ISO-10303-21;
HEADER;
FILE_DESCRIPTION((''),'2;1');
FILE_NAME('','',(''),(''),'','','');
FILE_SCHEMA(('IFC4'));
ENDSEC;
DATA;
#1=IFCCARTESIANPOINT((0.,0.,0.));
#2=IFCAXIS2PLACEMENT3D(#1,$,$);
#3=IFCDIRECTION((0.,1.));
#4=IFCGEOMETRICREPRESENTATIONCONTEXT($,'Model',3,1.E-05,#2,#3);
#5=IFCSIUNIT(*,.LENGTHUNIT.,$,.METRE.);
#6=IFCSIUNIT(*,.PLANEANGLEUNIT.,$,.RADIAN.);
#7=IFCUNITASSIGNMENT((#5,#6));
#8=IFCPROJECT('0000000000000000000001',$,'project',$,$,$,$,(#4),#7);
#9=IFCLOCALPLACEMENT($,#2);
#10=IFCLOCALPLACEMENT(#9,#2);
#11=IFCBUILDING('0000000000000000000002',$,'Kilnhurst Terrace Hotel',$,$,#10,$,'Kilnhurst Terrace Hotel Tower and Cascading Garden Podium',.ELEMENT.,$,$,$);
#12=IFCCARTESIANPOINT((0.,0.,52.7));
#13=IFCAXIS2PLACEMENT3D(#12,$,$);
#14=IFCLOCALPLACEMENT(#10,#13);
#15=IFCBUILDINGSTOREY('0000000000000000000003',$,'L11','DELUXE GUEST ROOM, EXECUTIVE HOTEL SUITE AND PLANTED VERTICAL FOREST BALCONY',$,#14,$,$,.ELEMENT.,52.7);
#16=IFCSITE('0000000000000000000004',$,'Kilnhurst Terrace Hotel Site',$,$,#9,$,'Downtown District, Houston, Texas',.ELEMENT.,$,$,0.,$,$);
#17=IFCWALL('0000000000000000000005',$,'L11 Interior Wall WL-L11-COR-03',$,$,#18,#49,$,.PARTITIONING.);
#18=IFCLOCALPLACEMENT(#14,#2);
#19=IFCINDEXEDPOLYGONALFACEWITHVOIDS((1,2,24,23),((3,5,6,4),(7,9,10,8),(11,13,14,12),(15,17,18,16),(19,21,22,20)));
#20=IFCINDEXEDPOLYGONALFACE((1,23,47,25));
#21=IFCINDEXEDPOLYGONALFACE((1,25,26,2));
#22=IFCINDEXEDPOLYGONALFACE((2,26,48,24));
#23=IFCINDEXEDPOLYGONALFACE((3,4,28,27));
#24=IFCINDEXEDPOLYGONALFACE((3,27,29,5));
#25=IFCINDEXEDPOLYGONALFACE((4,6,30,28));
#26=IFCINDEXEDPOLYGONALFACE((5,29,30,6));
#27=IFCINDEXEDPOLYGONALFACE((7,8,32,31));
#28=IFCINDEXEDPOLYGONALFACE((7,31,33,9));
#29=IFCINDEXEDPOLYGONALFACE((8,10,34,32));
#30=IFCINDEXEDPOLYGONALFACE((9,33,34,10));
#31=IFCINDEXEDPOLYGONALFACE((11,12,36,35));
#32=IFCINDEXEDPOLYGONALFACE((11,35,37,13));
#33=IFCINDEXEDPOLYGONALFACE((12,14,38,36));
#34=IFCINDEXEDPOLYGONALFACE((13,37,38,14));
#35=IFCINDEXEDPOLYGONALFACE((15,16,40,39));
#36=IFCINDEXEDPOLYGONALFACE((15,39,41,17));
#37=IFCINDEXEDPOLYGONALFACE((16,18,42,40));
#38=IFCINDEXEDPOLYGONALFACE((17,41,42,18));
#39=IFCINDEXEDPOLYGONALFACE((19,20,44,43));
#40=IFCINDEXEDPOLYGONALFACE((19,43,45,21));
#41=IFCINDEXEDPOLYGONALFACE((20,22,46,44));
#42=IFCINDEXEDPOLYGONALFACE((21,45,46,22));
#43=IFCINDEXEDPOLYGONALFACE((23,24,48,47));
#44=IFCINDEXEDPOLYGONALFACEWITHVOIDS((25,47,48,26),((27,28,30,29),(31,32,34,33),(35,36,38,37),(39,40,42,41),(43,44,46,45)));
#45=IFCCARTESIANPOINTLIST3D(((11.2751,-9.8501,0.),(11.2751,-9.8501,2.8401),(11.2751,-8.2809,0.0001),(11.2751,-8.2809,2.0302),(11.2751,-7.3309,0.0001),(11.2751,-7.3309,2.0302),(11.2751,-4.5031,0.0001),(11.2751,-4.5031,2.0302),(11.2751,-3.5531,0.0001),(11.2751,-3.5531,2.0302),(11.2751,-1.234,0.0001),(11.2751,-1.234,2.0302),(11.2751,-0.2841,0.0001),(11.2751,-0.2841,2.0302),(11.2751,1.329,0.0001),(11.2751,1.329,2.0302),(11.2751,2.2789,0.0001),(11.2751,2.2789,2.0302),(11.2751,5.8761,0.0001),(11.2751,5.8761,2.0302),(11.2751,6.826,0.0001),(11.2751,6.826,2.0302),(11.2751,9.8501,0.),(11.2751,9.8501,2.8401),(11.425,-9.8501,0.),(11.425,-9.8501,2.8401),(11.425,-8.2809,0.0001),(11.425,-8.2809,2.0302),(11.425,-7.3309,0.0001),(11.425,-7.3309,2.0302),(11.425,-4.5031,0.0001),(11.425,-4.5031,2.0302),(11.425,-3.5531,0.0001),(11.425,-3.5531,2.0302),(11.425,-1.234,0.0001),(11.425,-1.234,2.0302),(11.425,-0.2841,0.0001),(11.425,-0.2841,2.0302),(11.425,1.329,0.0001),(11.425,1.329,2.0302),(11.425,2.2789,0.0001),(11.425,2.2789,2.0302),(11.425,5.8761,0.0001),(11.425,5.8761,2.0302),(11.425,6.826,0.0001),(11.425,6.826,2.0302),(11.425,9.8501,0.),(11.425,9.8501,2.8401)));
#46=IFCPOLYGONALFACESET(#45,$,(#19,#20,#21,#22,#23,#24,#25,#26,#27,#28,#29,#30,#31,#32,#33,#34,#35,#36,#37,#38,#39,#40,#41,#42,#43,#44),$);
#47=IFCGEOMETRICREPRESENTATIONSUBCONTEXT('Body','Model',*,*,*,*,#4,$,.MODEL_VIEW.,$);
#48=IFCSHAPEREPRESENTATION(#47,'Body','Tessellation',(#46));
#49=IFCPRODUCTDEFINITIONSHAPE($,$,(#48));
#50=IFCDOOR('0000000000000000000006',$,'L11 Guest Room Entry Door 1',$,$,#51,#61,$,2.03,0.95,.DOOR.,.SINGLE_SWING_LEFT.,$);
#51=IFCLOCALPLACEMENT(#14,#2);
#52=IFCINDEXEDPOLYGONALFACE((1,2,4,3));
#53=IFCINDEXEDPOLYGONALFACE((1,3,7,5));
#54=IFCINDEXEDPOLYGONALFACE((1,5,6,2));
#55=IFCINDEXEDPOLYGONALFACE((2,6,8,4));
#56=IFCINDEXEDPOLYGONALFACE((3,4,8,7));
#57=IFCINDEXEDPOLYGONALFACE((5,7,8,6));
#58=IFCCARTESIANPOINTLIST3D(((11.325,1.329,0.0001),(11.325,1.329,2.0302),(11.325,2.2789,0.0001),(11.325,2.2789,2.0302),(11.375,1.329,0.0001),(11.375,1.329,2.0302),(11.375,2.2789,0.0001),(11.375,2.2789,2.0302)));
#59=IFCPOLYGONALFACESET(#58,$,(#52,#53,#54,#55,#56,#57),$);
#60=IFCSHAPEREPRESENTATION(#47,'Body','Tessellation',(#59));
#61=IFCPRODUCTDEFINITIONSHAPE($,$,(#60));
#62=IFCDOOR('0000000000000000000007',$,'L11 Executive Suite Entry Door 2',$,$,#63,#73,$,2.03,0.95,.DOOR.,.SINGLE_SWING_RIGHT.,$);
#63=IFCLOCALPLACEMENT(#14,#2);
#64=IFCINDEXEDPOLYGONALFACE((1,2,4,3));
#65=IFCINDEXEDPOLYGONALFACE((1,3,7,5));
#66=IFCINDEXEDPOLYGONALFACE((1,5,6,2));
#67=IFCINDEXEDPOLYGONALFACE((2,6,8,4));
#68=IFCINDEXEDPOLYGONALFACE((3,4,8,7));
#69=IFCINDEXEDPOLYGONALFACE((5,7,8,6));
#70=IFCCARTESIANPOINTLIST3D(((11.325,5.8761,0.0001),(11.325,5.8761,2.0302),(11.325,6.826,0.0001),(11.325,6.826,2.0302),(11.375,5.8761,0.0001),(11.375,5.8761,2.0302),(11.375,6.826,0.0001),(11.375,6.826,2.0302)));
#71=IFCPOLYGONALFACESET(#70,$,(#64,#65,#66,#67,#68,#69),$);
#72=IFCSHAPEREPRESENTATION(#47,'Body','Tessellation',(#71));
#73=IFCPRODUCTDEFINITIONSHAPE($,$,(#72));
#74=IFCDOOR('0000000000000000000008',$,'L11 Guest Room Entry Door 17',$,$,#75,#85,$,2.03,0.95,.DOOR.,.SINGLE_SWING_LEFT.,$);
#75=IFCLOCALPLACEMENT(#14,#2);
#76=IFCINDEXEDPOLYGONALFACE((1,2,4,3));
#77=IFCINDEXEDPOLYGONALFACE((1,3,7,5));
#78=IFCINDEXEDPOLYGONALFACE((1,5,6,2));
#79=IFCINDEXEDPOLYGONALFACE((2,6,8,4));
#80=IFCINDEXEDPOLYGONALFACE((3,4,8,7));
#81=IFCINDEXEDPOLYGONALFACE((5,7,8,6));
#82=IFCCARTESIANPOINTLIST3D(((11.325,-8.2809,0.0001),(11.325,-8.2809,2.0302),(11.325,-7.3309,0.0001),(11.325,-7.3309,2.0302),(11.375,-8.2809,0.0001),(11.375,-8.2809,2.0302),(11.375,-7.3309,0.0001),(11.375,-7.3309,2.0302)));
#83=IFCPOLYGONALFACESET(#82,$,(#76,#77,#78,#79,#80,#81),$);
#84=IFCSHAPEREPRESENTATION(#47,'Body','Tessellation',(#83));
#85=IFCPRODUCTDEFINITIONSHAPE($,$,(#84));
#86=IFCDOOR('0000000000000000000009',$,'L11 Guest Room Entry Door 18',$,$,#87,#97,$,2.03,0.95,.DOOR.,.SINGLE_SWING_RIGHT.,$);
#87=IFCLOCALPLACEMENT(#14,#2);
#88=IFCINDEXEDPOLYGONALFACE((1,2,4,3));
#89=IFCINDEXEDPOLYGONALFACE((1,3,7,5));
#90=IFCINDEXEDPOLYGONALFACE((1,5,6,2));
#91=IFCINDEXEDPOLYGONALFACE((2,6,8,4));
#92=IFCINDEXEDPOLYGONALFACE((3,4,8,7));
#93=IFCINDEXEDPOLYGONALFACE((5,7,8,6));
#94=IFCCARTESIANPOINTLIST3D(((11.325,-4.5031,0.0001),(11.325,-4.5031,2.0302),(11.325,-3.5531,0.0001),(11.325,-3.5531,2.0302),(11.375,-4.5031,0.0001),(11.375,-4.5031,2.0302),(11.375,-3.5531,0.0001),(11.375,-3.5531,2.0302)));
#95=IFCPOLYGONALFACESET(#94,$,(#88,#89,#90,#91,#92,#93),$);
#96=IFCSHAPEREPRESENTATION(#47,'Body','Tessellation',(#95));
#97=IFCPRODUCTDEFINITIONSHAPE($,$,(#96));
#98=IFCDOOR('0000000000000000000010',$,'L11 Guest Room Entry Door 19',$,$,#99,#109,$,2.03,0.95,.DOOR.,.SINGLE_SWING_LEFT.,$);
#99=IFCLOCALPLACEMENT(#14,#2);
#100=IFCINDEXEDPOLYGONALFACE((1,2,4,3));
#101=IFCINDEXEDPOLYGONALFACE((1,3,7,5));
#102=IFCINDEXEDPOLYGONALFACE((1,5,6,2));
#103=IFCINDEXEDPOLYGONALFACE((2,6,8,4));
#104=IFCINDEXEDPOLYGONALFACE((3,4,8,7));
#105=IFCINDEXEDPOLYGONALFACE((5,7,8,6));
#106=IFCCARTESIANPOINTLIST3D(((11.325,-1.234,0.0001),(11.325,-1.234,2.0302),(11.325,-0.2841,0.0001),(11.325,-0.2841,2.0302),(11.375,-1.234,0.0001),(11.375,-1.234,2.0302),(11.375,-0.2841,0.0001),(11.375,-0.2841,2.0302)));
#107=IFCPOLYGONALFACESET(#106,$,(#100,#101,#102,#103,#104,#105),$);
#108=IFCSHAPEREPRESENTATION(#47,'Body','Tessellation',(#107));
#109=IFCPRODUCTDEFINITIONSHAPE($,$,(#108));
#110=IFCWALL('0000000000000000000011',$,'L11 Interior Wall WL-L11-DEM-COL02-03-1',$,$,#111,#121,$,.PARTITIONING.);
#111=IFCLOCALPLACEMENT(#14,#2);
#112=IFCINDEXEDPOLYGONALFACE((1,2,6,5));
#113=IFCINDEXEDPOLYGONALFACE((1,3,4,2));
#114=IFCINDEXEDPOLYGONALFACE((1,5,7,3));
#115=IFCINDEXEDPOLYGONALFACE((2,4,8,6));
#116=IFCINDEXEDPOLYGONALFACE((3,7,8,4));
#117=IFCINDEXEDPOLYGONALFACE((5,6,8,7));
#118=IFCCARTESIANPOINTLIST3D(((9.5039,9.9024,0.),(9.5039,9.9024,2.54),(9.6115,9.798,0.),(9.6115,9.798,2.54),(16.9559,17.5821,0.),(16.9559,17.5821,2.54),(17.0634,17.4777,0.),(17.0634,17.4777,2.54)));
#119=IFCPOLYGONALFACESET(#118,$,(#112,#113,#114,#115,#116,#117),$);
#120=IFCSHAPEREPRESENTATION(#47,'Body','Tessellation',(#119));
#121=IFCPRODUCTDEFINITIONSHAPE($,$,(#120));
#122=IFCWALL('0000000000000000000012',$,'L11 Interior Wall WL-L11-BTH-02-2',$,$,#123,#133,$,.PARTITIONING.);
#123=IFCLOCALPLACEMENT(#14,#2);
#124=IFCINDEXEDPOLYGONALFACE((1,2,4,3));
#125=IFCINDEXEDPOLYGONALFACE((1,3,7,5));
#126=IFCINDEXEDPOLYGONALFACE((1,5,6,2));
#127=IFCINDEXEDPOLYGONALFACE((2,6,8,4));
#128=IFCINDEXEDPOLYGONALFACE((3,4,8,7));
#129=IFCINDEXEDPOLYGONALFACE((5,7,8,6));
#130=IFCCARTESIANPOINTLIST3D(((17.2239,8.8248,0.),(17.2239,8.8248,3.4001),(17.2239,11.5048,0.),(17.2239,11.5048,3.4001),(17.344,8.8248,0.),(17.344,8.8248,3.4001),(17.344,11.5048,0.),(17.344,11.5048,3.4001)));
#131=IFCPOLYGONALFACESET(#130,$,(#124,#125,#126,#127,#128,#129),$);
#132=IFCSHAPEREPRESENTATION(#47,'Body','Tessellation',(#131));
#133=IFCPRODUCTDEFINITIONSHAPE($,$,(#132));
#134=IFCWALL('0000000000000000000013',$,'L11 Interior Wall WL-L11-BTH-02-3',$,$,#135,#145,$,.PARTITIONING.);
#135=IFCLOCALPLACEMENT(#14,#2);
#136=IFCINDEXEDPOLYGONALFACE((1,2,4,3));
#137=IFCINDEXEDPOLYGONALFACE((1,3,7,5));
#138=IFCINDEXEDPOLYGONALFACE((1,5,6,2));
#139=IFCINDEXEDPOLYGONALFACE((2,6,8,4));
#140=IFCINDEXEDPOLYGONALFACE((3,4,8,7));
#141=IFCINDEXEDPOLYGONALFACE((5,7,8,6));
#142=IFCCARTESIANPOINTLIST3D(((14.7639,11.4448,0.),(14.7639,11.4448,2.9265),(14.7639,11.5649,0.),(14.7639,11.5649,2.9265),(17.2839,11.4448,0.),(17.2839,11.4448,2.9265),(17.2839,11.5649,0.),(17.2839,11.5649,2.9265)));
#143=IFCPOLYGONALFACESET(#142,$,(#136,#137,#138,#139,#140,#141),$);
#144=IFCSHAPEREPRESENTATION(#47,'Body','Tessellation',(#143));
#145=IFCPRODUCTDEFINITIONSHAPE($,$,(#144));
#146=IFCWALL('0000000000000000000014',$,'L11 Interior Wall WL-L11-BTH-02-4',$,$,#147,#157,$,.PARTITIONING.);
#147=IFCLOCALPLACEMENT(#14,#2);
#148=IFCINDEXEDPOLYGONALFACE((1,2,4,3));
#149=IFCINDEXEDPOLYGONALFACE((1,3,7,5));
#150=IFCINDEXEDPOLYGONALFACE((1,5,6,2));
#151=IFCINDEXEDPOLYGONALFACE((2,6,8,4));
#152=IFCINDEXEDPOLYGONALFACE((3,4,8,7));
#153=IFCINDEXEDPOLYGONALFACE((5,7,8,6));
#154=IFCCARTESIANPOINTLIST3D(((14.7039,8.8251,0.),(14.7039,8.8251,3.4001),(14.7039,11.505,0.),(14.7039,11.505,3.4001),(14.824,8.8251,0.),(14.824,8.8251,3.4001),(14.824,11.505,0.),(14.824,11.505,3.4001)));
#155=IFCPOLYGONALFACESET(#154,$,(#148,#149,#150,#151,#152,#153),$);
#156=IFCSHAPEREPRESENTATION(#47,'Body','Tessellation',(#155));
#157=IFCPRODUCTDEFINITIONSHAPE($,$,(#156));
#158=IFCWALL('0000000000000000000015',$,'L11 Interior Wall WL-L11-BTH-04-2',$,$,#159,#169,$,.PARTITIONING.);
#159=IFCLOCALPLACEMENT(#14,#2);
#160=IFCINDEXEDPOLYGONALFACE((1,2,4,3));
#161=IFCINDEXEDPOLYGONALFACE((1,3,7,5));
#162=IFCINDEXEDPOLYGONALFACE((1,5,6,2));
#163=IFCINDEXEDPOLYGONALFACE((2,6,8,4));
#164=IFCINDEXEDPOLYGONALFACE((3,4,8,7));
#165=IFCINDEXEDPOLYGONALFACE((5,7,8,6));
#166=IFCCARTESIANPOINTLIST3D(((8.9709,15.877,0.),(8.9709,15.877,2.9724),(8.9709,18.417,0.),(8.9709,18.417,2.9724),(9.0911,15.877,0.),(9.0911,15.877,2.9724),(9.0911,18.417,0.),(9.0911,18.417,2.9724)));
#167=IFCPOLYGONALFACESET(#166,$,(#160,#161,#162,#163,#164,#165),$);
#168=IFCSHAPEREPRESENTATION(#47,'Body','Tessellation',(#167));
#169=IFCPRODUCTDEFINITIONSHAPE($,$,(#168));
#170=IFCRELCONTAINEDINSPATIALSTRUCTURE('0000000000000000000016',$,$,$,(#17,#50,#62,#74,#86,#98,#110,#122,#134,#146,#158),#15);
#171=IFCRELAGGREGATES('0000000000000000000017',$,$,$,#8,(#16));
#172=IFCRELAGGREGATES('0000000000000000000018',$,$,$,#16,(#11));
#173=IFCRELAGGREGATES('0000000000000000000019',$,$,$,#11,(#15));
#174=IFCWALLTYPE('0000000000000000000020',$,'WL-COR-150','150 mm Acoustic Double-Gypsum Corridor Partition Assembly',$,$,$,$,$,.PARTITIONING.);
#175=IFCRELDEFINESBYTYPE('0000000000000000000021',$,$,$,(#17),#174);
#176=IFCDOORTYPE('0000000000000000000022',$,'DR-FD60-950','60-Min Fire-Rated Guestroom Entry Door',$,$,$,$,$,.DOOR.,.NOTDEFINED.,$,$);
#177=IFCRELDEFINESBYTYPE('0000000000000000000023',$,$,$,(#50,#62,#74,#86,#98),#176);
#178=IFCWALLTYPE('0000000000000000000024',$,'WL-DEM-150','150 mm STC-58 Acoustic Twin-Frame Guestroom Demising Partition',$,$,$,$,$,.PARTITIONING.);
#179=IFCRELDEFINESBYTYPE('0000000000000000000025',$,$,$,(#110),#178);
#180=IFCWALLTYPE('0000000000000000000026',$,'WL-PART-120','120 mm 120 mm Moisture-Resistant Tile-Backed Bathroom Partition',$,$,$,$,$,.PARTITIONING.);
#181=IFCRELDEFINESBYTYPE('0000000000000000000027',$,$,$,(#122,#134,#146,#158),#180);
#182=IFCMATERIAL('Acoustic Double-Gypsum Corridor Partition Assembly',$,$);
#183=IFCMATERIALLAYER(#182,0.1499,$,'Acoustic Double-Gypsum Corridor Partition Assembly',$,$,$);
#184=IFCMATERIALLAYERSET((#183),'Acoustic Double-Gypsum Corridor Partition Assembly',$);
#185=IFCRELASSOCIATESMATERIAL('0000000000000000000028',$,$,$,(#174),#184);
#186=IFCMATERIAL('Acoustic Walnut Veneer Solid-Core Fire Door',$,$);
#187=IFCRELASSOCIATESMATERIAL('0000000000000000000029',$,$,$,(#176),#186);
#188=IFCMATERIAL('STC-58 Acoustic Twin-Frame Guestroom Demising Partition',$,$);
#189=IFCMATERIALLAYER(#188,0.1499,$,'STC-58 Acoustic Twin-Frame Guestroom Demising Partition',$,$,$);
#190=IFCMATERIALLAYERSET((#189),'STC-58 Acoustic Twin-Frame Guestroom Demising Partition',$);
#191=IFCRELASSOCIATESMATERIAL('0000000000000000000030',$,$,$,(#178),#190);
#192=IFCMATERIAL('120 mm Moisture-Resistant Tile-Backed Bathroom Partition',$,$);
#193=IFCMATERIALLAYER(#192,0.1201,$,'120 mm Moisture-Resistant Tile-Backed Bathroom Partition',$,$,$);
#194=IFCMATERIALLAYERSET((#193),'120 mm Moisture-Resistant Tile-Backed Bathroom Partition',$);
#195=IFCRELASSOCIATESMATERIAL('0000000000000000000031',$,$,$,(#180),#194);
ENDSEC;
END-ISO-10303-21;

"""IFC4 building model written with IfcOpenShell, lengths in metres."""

from ifc_helpers import new_model, si_unit, direction, frame, frame_2d, origin, place, context, subcontext, project, spatial, rectangle, extrude, material, layer, layer_set, type_object, element, fill, save


model = new_model("IFC4")

# Units and contexts
model_context = context("Model", 3, precision=1e-05, world=origin(), true_north=direction((0.0, 1.0)))
body_context = subcontext(model_context, "Body", "Model", "MODEL_VIEW")
ifc_project = project(units=[si_unit("LENGTHUNIT", "METRE"), si_unit("PLANEANGLEUNIT", "RADIAN")], contexts=[model_context])

# Site, building, storey
site_placement = place(None, origin())
site = spatial("IfcSite", under=ifc_project, at=site_placement, Name="Kilnhurst Terrace Hotel Site", LongName="Downtown District, Houston, Texas", CompositionType="ELEMENT", RefElevation=0.0)
building_placement = place(site_placement, origin())
building = spatial("IfcBuilding", under=site, at=building_placement, Name="Kilnhurst Terrace Hotel", LongName="Kilnhurst Terrace Hotel Tower and Cascading Garden Podium", CompositionType="ELEMENT")
storey_placement = place(building_placement, frame((0.0, 0.0, 52.7)))
storey = spatial("IfcBuildingStorey", under=building, at=storey_placement, Name="L11", Description="DELUXE GUEST ROOM, EXECUTIVE HOTEL SUITE AND PLANTED VERTICAL FOREST BALCONY", CompositionType="ELEMENT", Elevation=52.7)

# Wall, openings, doors
ifc_material_1 = material(Name="Acoustic Double-Gypsum Corridor Partition Assembly")
ifc_layer_1 = layer(ifc_material_1, 0.1499, Name="Acoustic Double-Gypsum Corridor Partition Assembly")
ifc_layer_set_1 = layer_set([ifc_layer_1], Name="Acoustic Double-Gypsum Corridor Partition Assembly")
wall_type_1 = type_object("IfcWallType", Name="WL-COR-150", Description="150 mm Acoustic Double-Gypsum Corridor Partition Assembly", PredefinedType="PARTITIONING", material=ifc_layer_set_1)
wall_1_placement = place(storey_placement, frame((11.3501, 9.8501, 0.0), z_axis=(0.0, 0.0, 1.0), x_axis=(0.0, -1.0, 0.0)))
wall_1 = element("IfcWall", 1, at=wall_1_placement, inside=storey, type_object=wall_type_1, Name="L11 Interior Wall WL-L11-COR-03", PredefinedType="PARTITIONING", context=body_context, shape_type="SweptSolid", body=[
    extrude(rectangle(XDim=19.7002, YDim=0.1499, at=frame_2d((9.8501, 0.0))), origin(), (0.0, 0.0, 1.0), 2.8401),
])
opening_1_placement = place(wall_1_placement, frame((7.571, 0.0, 0.0)))
opening_1 = element("IfcOpeningElement", 2, at=opening_1_placement, cuts=wall_1, PredefinedType="OPENING", context=body_context, shape_type="SweptSolid", body=[
    extrude(rectangle(XDim=0.95, YDim=2.03, at=frame_2d((0.4751, 1.0151))), frame((0.0, 0.085, 0.0), z_axis=(0.0, -1.0, 0.0), x_axis=(1.0, 0.0, 0.0)), (0.0, 0.0, 1.0), 0.1699),
])
opening_2_placement = place(wall_1_placement, frame((3.0239, 0.0, 0.0)))
opening_2 = element("IfcOpeningElement", 3, at=opening_2_placement, cuts=wall_1, PredefinedType="OPENING", context=body_context, shape_type="SweptSolid", body=[
    extrude(rectangle(XDim=0.95, YDim=2.03, at=frame_2d((0.4751, 1.0151))), frame((0.0, 0.085, 0.0), z_axis=(0.0, -1.0, 0.0), x_axis=(1.0, 0.0, 0.0)), (0.0, 0.0, 1.0), 0.1699),
])
opening_3_placement = place(wall_1_placement, frame((17.1809, 0.0, 0.0)))
opening_3 = element("IfcOpeningElement", 4, at=opening_3_placement, cuts=wall_1, PredefinedType="OPENING", context=body_context, shape_type="SweptSolid", body=[
    extrude(rectangle(XDim=0.95, YDim=2.03, at=frame_2d((0.4751, 1.0151))), frame((0.0, 0.085, 0.0), z_axis=(0.0, -1.0, 0.0), x_axis=(1.0, 0.0, 0.0)), (0.0, 0.0, 1.0), 0.1699),
])
opening_4_placement = place(wall_1_placement, frame((13.4031, 0.0, 0.0)))
opening_4 = element("IfcOpeningElement", 5, at=opening_4_placement, cuts=wall_1, PredefinedType="OPENING", context=body_context, shape_type="SweptSolid", body=[
    extrude(rectangle(XDim=0.95, YDim=2.03, at=frame_2d((0.4751, 1.0151))), frame((0.0, 0.085, 0.0), z_axis=(0.0, -1.0, 0.0), x_axis=(1.0, 0.0, 0.0)), (0.0, 0.0, 1.0), 0.1699),
])
opening_5_placement = place(wall_1_placement, frame((10.134, 0.0, 0.0)))
opening_5 = element("IfcOpeningElement", 6, at=opening_5_placement, cuts=wall_1, PredefinedType="OPENING", context=body_context, shape_type="SweptSolid", body=[
    extrude(rectangle(XDim=0.95, YDim=2.03, at=frame_2d((0.4751, 1.0151))), frame((0.0, 0.085, 0.0), z_axis=(0.0, -1.0, 0.0), x_axis=(1.0, 0.0, 0.0)), (0.0, 0.0, 1.0), 0.1699),
])
ifc_material_2 = material(Name="Acoustic Walnut Veneer Solid-Core Fire Door")
door_type = type_object("IfcDoorType", Name="DR-FD60-950", Description="60-Min Fire-Rated Guestroom Entry Door", OperationType="NOTDEFINED", PredefinedType="DOOR", material=ifc_material_2)
door_1_placement = place(opening_1_placement, origin())
door_1 = element("IfcDoor", 7, at=door_1_placement, inside=storey, type_object=door_type, Name="L11 Guest Room Entry Door 1", OperationType="SINGLE_SWING_LEFT", OverallHeight=2.03, OverallWidth=0.95, PredefinedType="DOOR", context=body_context, shape_type="SweptSolid", body=[
    extrude(rectangle(XDim=0.95, YDim=2.03, at=frame_2d((0.4751, 1.0151))), frame((0.0, 0.0249, 0.0), z_axis=(0.0, -1.0, 0.0), x_axis=(1.0, 0.0, 0.0)), (0.0, 0.0, 1.0), 0.05),
])
fill(opening_1, door_1)
door_2_placement = place(opening_2_placement, origin())
door_2 = element("IfcDoor", 8, at=door_2_placement, inside=storey, type_object=door_type, Name="L11 Executive Suite Entry Door 2", OperationType="SINGLE_SWING_RIGHT", OverallHeight=2.03, OverallWidth=0.95, PredefinedType="DOOR", context=body_context, shape_type="SweptSolid", body=[
    extrude(rectangle(XDim=0.95, YDim=2.03, at=frame_2d((0.4751, 1.0151))), frame((0.0, 0.0249, 0.0), z_axis=(0.0, -1.0, 0.0), x_axis=(1.0, 0.0, 0.0)), (0.0, 0.0, 1.0), 0.05),
])
fill(opening_2, door_2)
door_3_placement = place(opening_3_placement, origin())
door_3 = element("IfcDoor", 9, at=door_3_placement, inside=storey, type_object=door_type, Name="L11 Guest Room Entry Door 17", OperationType="SINGLE_SWING_LEFT", OverallHeight=2.03, OverallWidth=0.95, PredefinedType="DOOR", context=body_context, shape_type="SweptSolid", body=[
    extrude(rectangle(XDim=0.95, YDim=2.03, at=frame_2d((0.4751, 1.0151))), frame((0.0, 0.0249, 0.0), z_axis=(0.0, -1.0, 0.0), x_axis=(1.0, 0.0, 0.0)), (0.0, 0.0, 1.0), 0.05),
])
fill(opening_3, door_3)
door_4_placement = place(opening_4_placement, origin())
door_4 = element("IfcDoor", 10, at=door_4_placement, inside=storey, type_object=door_type, Name="L11 Guest Room Entry Door 18", OperationType="SINGLE_SWING_RIGHT", OverallHeight=2.03, OverallWidth=0.95, PredefinedType="DOOR", context=body_context, shape_type="SweptSolid", body=[
    extrude(rectangle(XDim=0.95, YDim=2.03, at=frame_2d((0.4751, 1.0151))), frame((0.0, 0.0249, 0.0), z_axis=(0.0, -1.0, 0.0), x_axis=(1.0, 0.0, 0.0)), (0.0, 0.0, 1.0), 0.05),
])
fill(opening_4, door_4)
door_5_placement = place(opening_5_placement, origin())
door_5 = element("IfcDoor", 11, at=door_5_placement, inside=storey, type_object=door_type, Name="L11 Guest Room Entry Door 19", OperationType="SINGLE_SWING_LEFT", OverallHeight=2.03, OverallWidth=0.95, PredefinedType="DOOR", context=body_context, shape_type="SweptSolid", body=[
    extrude(rectangle(XDim=0.95, YDim=2.03, at=frame_2d((0.4751, 1.0151))), frame((0.0, 0.0249, 0.0), z_axis=(0.0, -1.0, 0.0), x_axis=(1.0, 0.0, 0.0)), (0.0, 0.0, 1.0), 0.05),
])
fill(opening_5, door_5)

# Walls
ifc_material_3 = material(Name="STC-58 Acoustic Twin-Frame Guestroom Demising Partition")
ifc_layer_2 = layer(ifc_material_3, 0.1499, Name="STC-58 Acoustic Twin-Frame Guestroom Demising Partition")
ifc_layer_set_2 = layer_set([ifc_layer_2], Name="STC-58 Acoustic Twin-Frame Guestroom Demising Partition")
wall_type_2 = type_object("IfcWallType", Name="WL-DEM-150", Description="150 mm STC-58 Acoustic Twin-Frame Guestroom Demising Partition", PredefinedType="PARTITIONING", material=ifc_layer_set_2)
wall_2_placement = place(storey_placement, frame((9.5576, 9.8501, 0.0), z_axis=(0.0, 0.0, 1.0), x_axis=(0.696383, 0.71767, 0.0)))
element("IfcWall", 12, at=wall_2_placement, inside=storey, type_object=wall_type_2, Name="L11 Interior Wall WL-L11-DEM-COL02-03-1", PredefinedType="PARTITIONING", context=body_context, shape_type="SweptSolid", body=[
    extrude(rectangle(XDim=10.7009, YDim=0.1499, at=frame_2d((5.3506, 0.0))), origin(), (0.0, 0.0, 1.0), 2.54),
])
ifc_material_4 = material(Name="120 mm Moisture-Resistant Tile-Backed Bathroom Partition")
ifc_layer_3 = layer(ifc_material_4, 0.1201, Name="120 mm Moisture-Resistant Tile-Backed Bathroom Partition")
ifc_layer_set_3 = layer_set([ifc_layer_3], Name="120 mm Moisture-Resistant Tile-Backed Bathroom Partition")
wall_type_3 = type_object("IfcWallType", Name="WL-PART-120", Description="120 mm 120 mm Moisture-Resistant Tile-Backed Bathroom Partition", PredefinedType="PARTITIONING", material=ifc_layer_set_3)
wall_3_placement = place(storey_placement, frame((17.2839, 8.825, 0.0), z_axis=(0.0, 0.0, 1.0), x_axis=(0.0, 1.0, 0.0)))
element("IfcWall", 13, at=wall_3_placement, inside=storey, type_object=wall_type_3, Name="L11 Interior Wall WL-L11-BTH-02-2", PredefinedType="PARTITIONING", context=body_context, shape_type="SweptSolid", body=[
    extrude(rectangle(XDim=2.6799, YDim=0.1201, at=frame_2d((1.3398, 0.0))), origin(), (0.0, 0.0, 1.0), 3.4001),
])
wall_4_placement = place(storey_placement, frame((17.2839, 11.5049, 0.0), z_axis=(0.0, 0.0, 1.0), x_axis=(-1.0, 0.0, 0.0)))
element("IfcWall", 14, at=wall_4_placement, inside=storey, type_object=wall_type_3, Name="L11 Interior Wall WL-L11-BTH-02-3", PredefinedType="PARTITIONING", context=body_context, shape_type="SweptSolid", body=[
    extrude(rectangle(XDim=2.52, YDim=0.1201, at=frame_2d((1.26, 0.0))), origin(), (0.0, 0.0, 1.0), 2.9265),
])
wall_5_placement = place(storey_placement, frame((14.7639, 11.5049, 0.0), z_axis=(0.0, 0.0, 1.0), x_axis=(0.0, -1.0, 0.0)))
element("IfcWall", 15, at=wall_5_placement, inside=storey, type_object=wall_type_3, Name="L11 Interior Wall WL-L11-BTH-02-4", PredefinedType="PARTITIONING", context=body_context, shape_type="SweptSolid", body=[
    extrude(rectangle(XDim=2.6799, YDim=0.1201, at=frame_2d((1.3398, 0.0))), origin(), (0.0, 0.0, 1.0), 3.4001),
])
wall_6_placement = place(storey_placement, frame((9.031, 15.877, 0.0), z_axis=(0.0, 0.0, 1.0), x_axis=(0.0, 1.0, 0.0)))
element("IfcWall", 16, at=wall_6_placement, inside=storey, type_object=wall_type_3, Name="L11 Interior Wall WL-L11-BTH-04-2", PredefinedType="PARTITIONING", context=body_context, shape_type="SweptSolid", body=[
    extrude(rectangle(XDim=2.54, YDim=0.1201, at=frame_2d((1.27, 0.0))), origin(), (0.0, 0.0, 1.0), 2.9724),
])

save(model, "model.ifc")
